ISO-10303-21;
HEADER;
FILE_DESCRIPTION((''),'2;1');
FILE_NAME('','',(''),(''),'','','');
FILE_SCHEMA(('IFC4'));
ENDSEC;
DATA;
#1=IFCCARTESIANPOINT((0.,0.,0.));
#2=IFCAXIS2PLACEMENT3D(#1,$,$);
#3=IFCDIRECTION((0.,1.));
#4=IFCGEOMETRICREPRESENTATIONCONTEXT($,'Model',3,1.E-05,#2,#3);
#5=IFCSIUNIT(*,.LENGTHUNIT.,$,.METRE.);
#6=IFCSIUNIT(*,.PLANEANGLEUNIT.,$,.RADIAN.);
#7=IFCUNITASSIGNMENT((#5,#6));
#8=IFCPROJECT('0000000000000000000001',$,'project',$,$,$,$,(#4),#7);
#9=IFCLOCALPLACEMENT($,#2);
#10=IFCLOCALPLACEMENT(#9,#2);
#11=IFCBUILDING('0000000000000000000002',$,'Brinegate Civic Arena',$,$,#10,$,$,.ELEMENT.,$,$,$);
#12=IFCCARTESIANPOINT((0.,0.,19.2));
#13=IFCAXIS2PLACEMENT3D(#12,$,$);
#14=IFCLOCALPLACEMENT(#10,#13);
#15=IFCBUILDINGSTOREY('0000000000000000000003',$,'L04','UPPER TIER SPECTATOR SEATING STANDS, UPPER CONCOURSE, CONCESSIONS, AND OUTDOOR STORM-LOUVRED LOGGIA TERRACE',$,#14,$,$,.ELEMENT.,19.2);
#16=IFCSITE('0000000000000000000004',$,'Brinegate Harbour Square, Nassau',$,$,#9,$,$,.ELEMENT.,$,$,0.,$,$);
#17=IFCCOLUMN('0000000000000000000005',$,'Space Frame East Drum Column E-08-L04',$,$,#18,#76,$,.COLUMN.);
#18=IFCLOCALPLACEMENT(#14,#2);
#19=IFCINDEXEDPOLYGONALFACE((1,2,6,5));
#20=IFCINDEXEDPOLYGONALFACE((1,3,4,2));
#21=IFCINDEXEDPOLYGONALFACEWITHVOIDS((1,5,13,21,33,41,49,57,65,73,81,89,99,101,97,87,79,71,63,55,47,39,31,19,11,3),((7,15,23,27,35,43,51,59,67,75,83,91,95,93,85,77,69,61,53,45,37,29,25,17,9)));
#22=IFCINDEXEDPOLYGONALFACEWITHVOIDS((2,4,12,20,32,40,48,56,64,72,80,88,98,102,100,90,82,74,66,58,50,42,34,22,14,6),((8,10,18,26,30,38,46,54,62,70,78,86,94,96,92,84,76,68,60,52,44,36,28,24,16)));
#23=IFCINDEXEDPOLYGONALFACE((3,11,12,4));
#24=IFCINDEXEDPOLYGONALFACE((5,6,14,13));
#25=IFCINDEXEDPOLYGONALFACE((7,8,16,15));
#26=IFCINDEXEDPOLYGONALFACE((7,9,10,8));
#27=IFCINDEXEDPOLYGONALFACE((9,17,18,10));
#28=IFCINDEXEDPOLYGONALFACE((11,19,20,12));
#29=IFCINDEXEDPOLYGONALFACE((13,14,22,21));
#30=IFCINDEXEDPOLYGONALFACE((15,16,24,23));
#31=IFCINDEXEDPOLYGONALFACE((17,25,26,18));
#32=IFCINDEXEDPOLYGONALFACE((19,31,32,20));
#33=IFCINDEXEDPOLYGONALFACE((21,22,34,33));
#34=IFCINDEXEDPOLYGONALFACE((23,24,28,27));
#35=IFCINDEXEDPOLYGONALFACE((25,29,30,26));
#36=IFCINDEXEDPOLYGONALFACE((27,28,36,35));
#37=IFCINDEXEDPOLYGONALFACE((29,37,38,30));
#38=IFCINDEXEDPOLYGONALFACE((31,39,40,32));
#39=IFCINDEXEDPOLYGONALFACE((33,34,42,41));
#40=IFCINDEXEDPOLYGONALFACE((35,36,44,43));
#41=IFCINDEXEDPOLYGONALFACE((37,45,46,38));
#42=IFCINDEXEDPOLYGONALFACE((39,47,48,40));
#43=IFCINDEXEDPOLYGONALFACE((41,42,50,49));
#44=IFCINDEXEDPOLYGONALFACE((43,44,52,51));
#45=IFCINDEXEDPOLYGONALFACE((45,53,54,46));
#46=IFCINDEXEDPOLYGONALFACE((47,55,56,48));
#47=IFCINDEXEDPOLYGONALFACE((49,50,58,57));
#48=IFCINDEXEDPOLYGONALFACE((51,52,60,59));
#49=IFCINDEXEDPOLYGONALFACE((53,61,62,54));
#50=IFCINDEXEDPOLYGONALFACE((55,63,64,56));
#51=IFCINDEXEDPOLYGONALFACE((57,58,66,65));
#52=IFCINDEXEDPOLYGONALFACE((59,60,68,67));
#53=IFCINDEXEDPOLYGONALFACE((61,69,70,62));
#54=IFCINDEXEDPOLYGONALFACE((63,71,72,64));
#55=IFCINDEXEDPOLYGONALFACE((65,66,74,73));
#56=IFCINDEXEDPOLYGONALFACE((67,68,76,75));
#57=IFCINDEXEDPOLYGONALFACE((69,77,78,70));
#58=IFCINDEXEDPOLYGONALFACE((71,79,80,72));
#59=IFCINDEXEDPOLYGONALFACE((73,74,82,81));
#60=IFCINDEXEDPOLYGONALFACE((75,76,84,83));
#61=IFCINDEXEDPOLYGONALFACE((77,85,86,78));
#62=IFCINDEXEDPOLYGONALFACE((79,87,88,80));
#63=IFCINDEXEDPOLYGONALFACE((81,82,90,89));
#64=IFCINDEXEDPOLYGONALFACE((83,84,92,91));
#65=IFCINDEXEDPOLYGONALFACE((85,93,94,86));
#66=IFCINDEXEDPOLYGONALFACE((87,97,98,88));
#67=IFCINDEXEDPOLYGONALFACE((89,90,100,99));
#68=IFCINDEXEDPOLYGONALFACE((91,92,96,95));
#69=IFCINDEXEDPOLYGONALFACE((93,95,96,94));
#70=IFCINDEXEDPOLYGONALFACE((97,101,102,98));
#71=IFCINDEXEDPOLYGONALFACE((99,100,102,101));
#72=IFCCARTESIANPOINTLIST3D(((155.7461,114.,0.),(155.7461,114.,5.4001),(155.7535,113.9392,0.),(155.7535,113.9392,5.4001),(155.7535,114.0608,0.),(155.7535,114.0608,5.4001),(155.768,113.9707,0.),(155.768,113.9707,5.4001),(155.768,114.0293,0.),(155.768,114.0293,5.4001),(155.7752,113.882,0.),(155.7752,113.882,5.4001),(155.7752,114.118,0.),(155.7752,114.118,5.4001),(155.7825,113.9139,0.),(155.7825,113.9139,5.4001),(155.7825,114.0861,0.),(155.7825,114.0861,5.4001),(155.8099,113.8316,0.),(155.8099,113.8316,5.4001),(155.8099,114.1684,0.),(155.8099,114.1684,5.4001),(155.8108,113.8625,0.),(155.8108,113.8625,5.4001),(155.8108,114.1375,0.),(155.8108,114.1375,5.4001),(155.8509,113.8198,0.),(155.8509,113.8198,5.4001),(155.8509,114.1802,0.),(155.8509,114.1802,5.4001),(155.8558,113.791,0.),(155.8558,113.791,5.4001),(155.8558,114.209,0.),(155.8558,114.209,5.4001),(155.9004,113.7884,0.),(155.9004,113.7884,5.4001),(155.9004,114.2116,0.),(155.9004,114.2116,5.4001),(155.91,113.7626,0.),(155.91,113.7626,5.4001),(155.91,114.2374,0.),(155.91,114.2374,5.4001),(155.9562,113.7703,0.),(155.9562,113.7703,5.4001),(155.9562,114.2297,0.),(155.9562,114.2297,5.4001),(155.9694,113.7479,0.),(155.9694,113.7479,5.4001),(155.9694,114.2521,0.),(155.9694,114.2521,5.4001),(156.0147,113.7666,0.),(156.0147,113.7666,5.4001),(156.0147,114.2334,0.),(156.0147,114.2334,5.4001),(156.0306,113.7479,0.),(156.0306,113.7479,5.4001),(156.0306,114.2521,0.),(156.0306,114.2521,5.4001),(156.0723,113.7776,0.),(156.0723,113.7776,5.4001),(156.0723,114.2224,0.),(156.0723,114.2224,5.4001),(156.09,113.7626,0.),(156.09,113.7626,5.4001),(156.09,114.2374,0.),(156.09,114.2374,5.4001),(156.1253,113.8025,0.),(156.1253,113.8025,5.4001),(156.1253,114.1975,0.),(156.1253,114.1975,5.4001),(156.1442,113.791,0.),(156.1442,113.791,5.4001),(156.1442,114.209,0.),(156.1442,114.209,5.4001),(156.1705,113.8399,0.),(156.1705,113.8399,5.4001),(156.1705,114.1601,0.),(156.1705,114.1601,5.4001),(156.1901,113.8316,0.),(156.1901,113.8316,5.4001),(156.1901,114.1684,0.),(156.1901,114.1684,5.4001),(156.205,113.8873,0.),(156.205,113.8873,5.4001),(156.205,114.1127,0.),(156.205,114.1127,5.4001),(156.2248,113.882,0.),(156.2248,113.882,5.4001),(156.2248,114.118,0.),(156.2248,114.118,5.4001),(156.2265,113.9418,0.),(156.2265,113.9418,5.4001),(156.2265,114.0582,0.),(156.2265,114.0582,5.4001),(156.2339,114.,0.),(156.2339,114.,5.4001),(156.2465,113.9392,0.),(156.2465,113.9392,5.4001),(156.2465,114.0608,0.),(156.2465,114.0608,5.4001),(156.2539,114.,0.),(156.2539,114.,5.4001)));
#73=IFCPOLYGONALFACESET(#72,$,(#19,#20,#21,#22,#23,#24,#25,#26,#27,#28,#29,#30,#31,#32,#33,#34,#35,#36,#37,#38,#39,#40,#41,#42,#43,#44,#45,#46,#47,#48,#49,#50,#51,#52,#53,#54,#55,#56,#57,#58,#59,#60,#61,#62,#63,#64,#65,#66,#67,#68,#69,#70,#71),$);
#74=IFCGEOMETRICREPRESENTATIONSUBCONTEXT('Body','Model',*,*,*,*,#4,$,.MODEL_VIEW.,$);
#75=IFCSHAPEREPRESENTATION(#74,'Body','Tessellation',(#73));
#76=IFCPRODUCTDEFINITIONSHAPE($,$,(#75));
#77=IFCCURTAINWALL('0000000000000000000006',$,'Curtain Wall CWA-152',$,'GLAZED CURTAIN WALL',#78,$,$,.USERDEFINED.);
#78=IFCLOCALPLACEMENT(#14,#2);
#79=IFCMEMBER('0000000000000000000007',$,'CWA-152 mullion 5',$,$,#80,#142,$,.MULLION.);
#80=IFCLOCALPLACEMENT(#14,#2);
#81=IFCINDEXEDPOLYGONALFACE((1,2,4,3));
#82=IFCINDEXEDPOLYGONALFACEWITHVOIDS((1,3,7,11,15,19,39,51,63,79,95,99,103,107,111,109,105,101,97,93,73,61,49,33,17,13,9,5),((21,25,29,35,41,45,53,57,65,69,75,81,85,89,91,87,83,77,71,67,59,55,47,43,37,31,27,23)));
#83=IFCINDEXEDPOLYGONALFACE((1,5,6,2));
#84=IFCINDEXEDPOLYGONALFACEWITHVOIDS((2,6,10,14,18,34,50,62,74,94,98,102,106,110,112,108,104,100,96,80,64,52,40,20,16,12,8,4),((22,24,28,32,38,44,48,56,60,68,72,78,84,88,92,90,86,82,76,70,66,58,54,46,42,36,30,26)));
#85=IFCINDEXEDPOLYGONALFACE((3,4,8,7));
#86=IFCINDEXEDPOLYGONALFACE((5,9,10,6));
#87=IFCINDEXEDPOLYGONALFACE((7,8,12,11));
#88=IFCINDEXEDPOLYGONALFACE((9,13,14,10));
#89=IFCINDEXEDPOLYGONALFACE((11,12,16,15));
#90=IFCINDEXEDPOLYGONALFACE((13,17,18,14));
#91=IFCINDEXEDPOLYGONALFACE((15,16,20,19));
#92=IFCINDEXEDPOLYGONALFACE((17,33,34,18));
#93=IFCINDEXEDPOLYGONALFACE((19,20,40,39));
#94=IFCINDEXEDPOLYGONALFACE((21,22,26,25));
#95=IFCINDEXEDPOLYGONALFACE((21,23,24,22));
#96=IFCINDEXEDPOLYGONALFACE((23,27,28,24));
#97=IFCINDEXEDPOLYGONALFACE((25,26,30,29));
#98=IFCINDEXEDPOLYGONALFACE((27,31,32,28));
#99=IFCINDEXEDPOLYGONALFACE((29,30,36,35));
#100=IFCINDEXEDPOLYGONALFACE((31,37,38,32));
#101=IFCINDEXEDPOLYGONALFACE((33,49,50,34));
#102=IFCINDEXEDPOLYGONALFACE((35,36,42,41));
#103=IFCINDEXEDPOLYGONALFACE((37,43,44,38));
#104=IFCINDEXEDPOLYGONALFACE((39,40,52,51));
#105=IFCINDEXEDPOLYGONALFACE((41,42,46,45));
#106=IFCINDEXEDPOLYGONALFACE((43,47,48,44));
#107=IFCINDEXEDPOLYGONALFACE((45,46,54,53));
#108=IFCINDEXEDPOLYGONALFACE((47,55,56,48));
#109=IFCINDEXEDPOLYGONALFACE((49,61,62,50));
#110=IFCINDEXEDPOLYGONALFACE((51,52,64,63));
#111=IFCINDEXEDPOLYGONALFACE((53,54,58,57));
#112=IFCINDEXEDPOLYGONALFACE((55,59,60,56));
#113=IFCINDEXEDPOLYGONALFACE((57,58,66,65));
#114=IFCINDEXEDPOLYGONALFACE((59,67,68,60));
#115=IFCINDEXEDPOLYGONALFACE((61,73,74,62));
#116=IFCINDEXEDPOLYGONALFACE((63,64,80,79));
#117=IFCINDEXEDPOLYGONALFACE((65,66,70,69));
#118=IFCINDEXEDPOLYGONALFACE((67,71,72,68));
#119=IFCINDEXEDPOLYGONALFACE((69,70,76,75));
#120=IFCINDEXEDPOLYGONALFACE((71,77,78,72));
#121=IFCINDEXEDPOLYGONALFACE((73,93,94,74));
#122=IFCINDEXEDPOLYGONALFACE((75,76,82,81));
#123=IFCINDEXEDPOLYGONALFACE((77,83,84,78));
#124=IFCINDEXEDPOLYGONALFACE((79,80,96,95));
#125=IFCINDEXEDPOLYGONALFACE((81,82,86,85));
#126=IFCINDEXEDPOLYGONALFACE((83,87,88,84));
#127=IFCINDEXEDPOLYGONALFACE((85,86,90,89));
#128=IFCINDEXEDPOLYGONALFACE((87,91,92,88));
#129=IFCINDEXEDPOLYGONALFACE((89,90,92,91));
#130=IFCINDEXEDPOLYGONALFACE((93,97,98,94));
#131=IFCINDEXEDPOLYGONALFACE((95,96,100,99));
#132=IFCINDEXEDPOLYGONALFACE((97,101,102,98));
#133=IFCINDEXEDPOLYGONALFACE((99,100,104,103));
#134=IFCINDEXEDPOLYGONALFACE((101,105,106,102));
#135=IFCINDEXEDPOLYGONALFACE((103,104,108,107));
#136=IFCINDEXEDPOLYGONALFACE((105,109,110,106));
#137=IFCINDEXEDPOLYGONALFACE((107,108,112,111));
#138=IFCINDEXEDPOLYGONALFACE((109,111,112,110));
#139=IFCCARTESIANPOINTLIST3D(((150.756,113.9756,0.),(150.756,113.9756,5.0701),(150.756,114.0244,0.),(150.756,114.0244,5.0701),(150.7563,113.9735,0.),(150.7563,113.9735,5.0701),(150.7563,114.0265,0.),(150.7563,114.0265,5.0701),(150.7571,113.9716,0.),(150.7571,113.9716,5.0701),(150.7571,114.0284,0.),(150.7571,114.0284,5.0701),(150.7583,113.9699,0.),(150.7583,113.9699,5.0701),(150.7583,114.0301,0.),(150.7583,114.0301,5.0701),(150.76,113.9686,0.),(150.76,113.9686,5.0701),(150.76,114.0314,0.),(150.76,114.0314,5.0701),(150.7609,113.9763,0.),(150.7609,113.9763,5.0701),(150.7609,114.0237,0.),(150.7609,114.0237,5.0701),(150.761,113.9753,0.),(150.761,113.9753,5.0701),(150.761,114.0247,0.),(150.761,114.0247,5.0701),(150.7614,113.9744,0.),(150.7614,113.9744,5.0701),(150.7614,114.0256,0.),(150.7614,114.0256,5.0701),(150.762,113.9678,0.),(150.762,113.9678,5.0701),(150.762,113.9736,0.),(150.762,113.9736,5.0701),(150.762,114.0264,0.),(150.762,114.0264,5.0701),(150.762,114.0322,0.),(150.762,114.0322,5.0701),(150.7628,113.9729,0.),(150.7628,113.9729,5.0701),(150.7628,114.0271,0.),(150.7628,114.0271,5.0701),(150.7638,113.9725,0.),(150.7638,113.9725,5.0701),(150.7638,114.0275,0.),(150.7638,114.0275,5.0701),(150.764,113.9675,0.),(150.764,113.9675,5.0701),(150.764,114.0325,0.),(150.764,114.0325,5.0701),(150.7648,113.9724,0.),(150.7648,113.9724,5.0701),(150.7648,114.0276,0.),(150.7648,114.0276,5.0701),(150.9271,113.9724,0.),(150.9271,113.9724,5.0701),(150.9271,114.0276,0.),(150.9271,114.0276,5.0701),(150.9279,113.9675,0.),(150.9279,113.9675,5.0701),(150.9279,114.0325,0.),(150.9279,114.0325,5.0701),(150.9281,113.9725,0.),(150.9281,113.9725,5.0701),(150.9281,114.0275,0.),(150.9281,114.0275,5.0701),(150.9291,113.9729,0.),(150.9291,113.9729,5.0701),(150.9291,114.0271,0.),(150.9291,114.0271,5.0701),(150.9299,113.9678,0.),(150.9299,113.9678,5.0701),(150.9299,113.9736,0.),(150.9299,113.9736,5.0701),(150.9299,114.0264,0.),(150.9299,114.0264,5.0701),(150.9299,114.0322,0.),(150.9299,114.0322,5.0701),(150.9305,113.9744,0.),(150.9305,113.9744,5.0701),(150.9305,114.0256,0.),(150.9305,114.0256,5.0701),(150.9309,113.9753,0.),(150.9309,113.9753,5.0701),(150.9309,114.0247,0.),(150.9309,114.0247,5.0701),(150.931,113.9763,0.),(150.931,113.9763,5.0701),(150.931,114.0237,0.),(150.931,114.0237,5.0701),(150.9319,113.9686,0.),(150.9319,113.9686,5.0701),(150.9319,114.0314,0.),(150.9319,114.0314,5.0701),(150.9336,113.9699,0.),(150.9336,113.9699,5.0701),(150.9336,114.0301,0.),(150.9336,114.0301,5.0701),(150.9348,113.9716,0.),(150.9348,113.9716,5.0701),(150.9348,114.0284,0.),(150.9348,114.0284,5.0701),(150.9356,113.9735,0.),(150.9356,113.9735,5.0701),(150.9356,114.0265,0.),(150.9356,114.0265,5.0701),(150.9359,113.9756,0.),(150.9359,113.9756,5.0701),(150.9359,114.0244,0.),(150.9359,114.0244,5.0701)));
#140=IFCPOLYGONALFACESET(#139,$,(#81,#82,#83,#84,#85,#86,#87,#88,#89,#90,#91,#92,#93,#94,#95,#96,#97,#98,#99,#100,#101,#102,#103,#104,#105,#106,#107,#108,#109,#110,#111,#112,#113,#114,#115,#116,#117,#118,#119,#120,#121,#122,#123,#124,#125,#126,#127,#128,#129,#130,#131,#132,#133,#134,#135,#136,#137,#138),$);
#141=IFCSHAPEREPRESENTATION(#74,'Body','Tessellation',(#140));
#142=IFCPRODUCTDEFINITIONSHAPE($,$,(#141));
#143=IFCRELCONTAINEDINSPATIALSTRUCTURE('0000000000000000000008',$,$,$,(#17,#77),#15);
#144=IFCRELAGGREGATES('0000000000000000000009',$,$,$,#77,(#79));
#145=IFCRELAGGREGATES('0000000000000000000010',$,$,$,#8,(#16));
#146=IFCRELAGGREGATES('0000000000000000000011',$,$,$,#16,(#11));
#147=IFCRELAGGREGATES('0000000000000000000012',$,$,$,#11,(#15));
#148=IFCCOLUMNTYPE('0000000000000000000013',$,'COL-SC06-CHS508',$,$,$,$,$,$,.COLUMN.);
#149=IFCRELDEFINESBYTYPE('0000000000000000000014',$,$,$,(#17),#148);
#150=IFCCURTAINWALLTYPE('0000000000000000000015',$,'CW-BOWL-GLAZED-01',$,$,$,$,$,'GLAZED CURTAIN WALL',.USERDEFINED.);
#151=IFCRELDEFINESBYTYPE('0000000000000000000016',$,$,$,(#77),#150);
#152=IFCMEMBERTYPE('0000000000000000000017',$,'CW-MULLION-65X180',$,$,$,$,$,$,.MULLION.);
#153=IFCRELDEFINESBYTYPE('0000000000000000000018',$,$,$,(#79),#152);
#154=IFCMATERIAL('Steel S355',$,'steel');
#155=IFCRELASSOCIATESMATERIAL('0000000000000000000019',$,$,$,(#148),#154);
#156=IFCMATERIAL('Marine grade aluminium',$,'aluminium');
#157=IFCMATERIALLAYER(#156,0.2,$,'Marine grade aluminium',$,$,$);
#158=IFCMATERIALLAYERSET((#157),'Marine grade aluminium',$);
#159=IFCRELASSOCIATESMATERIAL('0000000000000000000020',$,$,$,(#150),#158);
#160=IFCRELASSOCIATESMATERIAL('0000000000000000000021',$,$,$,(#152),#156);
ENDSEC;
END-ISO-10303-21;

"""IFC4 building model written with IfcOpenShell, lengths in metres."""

from ifc_helpers import new_model, si_unit, direction, frame, origin, origin_2d, place, context, subcontext, project, spatial, hollow_rectangle, hollow_circle, extrude, material, layer, layer_set, material_profile, profile_set, type_object, element, aggregate, save


model = new_model("IFC4")

# Units and contexts
model_context = context("Model", 3, precision=1e-05, world=origin(), true_north=direction((0.0, 1.0)))
body_context = subcontext(model_context, "Body", "Model", "MODEL_VIEW")
ifc_project = project(units=[si_unit("LENGTHUNIT", "METRE"), si_unit("PLANEANGLEUNIT", "RADIAN")], contexts=[model_context])

# Site, building, storey
site_placement = place(None, origin())
site = spatial("IfcSite", under=ifc_project, at=site_placement, Name="Brinegate Harbour Square, Nassau", CompositionType="ELEMENT", RefElevation=0.0)
building_placement = place(site_placement, origin())
building = spatial("IfcBuilding", under=site, at=building_placement, Name="Brinegate Civic Arena", CompositionType="ELEMENT")
storey_placement = place(building_placement, frame((0.0, 0.0, 19.2)))
storey = spatial("IfcBuildingStorey", under=building, at=storey_placement, Name="L04", Description="UPPER TIER SPECTATOR SEATING STANDS, UPPER CONCOURSE, CONCESSIONS, AND OUTDOOR STORM-LOUVRED LOGGIA TERRACE", CompositionType="ELEMENT", Elevation=19.2)

# Column
ifc_material_1 = material(Name="Steel S355", Category="steel")
ifc_material_profile_1 = material_profile(ifc_material_1, hollow_circle(Radius=0.2539, WallThickness=0.02, at=origin_2d()), Name="CHS508X20")
ifc_profile_set_1 = profile_set([ifc_material_profile_1], Name="Steel S355")
column_type = type_object("IfcColumnType", Name="COL-SC06-CHS508", PredefinedType="COLUMN", material=ifc_profile_set_1)
column_placement = place(storey_placement, frame((156.0, 114.0, 0.0), z_axis=(0.0, 0.0, 1.0), x_axis=(1.0, 0.0, 0.0)))
element("IfcColumn", 1, at=column_placement, inside=storey, type_object=column_type, Name="Space Frame East Drum Column E-08-L04", PredefinedType="COLUMN", context=body_context, shape_type="SweptSolid", body=[
    extrude(hollow_circle(Radius=0.2539, WallThickness=0.02, at=origin_2d()), origin(), (0.0, 0.0, 1.0), 5.4001),
])

# Curtain wall, member
ifc_material_2 = material(Name="Marine grade aluminium", Category="aluminium")
ifc_layer_1 = layer(ifc_material_2, 0.2, Name="Marine grade aluminium")
ifc_layer_set_1 = layer_set([ifc_layer_1], Name="Marine grade aluminium")
curtain_wall_type = type_object("IfcCurtainWallType", Name="CW-BOWL-GLAZED-01", ElementType="GLAZED CURTAIN WALL", PredefinedType="USERDEFINED", material=ifc_layer_set_1)
curtain_wall_placement = place(storey_placement, origin())
curtain_wall = element("IfcCurtainWall", 2, at=curtain_wall_placement, inside=storey, type_object=curtain_wall_type, Name="Curtain Wall CWA-152", ObjectType="GLAZED CURTAIN WALL", PredefinedType="USERDEFINED")
ifc_material_profile_2 = material_profile(ifc_material_2, hollow_rectangle(XDim=0.0649, YDim=0.1799, WallThickness=0.0049, InnerFilletRadius=0.0039, OuterFilletRadius=0.0081, at=origin_2d()), Name="MUL65X180")
ifc_profile_set_2 = profile_set([ifc_material_profile_2], Name="Marine grade aluminium")
member_type_1 = type_object("IfcMemberType", Name="CW-MULLION-65X180", PredefinedType="MULLION", material=ifc_profile_set_2)
member_1_placement = place(storey_placement, frame((150.8459, 114.0, 0.0), z_axis=(0.0, 0.0, 1.0), x_axis=(0.0, 1.0, 0.0)))
member_1 = element("IfcMember", 3, at=member_1_placement, type_object=member_type_1, Name="CWA-152 mullion 5", PredefinedType="MULLION", context=body_context, shape_type="SweptSolid", body=[
    extrude(hollow_rectangle(XDim=0.0649, YDim=0.1799, WallThickness=0.0049, InnerFilletRadius=0.0039, OuterFilletRadius=0.0081, at=origin_2d()), origin(), (0.0, 0.0, 1.0), 5.0701),
])

aggregate(curtain_wall, [member_1])

save(model, "model.ifc")
